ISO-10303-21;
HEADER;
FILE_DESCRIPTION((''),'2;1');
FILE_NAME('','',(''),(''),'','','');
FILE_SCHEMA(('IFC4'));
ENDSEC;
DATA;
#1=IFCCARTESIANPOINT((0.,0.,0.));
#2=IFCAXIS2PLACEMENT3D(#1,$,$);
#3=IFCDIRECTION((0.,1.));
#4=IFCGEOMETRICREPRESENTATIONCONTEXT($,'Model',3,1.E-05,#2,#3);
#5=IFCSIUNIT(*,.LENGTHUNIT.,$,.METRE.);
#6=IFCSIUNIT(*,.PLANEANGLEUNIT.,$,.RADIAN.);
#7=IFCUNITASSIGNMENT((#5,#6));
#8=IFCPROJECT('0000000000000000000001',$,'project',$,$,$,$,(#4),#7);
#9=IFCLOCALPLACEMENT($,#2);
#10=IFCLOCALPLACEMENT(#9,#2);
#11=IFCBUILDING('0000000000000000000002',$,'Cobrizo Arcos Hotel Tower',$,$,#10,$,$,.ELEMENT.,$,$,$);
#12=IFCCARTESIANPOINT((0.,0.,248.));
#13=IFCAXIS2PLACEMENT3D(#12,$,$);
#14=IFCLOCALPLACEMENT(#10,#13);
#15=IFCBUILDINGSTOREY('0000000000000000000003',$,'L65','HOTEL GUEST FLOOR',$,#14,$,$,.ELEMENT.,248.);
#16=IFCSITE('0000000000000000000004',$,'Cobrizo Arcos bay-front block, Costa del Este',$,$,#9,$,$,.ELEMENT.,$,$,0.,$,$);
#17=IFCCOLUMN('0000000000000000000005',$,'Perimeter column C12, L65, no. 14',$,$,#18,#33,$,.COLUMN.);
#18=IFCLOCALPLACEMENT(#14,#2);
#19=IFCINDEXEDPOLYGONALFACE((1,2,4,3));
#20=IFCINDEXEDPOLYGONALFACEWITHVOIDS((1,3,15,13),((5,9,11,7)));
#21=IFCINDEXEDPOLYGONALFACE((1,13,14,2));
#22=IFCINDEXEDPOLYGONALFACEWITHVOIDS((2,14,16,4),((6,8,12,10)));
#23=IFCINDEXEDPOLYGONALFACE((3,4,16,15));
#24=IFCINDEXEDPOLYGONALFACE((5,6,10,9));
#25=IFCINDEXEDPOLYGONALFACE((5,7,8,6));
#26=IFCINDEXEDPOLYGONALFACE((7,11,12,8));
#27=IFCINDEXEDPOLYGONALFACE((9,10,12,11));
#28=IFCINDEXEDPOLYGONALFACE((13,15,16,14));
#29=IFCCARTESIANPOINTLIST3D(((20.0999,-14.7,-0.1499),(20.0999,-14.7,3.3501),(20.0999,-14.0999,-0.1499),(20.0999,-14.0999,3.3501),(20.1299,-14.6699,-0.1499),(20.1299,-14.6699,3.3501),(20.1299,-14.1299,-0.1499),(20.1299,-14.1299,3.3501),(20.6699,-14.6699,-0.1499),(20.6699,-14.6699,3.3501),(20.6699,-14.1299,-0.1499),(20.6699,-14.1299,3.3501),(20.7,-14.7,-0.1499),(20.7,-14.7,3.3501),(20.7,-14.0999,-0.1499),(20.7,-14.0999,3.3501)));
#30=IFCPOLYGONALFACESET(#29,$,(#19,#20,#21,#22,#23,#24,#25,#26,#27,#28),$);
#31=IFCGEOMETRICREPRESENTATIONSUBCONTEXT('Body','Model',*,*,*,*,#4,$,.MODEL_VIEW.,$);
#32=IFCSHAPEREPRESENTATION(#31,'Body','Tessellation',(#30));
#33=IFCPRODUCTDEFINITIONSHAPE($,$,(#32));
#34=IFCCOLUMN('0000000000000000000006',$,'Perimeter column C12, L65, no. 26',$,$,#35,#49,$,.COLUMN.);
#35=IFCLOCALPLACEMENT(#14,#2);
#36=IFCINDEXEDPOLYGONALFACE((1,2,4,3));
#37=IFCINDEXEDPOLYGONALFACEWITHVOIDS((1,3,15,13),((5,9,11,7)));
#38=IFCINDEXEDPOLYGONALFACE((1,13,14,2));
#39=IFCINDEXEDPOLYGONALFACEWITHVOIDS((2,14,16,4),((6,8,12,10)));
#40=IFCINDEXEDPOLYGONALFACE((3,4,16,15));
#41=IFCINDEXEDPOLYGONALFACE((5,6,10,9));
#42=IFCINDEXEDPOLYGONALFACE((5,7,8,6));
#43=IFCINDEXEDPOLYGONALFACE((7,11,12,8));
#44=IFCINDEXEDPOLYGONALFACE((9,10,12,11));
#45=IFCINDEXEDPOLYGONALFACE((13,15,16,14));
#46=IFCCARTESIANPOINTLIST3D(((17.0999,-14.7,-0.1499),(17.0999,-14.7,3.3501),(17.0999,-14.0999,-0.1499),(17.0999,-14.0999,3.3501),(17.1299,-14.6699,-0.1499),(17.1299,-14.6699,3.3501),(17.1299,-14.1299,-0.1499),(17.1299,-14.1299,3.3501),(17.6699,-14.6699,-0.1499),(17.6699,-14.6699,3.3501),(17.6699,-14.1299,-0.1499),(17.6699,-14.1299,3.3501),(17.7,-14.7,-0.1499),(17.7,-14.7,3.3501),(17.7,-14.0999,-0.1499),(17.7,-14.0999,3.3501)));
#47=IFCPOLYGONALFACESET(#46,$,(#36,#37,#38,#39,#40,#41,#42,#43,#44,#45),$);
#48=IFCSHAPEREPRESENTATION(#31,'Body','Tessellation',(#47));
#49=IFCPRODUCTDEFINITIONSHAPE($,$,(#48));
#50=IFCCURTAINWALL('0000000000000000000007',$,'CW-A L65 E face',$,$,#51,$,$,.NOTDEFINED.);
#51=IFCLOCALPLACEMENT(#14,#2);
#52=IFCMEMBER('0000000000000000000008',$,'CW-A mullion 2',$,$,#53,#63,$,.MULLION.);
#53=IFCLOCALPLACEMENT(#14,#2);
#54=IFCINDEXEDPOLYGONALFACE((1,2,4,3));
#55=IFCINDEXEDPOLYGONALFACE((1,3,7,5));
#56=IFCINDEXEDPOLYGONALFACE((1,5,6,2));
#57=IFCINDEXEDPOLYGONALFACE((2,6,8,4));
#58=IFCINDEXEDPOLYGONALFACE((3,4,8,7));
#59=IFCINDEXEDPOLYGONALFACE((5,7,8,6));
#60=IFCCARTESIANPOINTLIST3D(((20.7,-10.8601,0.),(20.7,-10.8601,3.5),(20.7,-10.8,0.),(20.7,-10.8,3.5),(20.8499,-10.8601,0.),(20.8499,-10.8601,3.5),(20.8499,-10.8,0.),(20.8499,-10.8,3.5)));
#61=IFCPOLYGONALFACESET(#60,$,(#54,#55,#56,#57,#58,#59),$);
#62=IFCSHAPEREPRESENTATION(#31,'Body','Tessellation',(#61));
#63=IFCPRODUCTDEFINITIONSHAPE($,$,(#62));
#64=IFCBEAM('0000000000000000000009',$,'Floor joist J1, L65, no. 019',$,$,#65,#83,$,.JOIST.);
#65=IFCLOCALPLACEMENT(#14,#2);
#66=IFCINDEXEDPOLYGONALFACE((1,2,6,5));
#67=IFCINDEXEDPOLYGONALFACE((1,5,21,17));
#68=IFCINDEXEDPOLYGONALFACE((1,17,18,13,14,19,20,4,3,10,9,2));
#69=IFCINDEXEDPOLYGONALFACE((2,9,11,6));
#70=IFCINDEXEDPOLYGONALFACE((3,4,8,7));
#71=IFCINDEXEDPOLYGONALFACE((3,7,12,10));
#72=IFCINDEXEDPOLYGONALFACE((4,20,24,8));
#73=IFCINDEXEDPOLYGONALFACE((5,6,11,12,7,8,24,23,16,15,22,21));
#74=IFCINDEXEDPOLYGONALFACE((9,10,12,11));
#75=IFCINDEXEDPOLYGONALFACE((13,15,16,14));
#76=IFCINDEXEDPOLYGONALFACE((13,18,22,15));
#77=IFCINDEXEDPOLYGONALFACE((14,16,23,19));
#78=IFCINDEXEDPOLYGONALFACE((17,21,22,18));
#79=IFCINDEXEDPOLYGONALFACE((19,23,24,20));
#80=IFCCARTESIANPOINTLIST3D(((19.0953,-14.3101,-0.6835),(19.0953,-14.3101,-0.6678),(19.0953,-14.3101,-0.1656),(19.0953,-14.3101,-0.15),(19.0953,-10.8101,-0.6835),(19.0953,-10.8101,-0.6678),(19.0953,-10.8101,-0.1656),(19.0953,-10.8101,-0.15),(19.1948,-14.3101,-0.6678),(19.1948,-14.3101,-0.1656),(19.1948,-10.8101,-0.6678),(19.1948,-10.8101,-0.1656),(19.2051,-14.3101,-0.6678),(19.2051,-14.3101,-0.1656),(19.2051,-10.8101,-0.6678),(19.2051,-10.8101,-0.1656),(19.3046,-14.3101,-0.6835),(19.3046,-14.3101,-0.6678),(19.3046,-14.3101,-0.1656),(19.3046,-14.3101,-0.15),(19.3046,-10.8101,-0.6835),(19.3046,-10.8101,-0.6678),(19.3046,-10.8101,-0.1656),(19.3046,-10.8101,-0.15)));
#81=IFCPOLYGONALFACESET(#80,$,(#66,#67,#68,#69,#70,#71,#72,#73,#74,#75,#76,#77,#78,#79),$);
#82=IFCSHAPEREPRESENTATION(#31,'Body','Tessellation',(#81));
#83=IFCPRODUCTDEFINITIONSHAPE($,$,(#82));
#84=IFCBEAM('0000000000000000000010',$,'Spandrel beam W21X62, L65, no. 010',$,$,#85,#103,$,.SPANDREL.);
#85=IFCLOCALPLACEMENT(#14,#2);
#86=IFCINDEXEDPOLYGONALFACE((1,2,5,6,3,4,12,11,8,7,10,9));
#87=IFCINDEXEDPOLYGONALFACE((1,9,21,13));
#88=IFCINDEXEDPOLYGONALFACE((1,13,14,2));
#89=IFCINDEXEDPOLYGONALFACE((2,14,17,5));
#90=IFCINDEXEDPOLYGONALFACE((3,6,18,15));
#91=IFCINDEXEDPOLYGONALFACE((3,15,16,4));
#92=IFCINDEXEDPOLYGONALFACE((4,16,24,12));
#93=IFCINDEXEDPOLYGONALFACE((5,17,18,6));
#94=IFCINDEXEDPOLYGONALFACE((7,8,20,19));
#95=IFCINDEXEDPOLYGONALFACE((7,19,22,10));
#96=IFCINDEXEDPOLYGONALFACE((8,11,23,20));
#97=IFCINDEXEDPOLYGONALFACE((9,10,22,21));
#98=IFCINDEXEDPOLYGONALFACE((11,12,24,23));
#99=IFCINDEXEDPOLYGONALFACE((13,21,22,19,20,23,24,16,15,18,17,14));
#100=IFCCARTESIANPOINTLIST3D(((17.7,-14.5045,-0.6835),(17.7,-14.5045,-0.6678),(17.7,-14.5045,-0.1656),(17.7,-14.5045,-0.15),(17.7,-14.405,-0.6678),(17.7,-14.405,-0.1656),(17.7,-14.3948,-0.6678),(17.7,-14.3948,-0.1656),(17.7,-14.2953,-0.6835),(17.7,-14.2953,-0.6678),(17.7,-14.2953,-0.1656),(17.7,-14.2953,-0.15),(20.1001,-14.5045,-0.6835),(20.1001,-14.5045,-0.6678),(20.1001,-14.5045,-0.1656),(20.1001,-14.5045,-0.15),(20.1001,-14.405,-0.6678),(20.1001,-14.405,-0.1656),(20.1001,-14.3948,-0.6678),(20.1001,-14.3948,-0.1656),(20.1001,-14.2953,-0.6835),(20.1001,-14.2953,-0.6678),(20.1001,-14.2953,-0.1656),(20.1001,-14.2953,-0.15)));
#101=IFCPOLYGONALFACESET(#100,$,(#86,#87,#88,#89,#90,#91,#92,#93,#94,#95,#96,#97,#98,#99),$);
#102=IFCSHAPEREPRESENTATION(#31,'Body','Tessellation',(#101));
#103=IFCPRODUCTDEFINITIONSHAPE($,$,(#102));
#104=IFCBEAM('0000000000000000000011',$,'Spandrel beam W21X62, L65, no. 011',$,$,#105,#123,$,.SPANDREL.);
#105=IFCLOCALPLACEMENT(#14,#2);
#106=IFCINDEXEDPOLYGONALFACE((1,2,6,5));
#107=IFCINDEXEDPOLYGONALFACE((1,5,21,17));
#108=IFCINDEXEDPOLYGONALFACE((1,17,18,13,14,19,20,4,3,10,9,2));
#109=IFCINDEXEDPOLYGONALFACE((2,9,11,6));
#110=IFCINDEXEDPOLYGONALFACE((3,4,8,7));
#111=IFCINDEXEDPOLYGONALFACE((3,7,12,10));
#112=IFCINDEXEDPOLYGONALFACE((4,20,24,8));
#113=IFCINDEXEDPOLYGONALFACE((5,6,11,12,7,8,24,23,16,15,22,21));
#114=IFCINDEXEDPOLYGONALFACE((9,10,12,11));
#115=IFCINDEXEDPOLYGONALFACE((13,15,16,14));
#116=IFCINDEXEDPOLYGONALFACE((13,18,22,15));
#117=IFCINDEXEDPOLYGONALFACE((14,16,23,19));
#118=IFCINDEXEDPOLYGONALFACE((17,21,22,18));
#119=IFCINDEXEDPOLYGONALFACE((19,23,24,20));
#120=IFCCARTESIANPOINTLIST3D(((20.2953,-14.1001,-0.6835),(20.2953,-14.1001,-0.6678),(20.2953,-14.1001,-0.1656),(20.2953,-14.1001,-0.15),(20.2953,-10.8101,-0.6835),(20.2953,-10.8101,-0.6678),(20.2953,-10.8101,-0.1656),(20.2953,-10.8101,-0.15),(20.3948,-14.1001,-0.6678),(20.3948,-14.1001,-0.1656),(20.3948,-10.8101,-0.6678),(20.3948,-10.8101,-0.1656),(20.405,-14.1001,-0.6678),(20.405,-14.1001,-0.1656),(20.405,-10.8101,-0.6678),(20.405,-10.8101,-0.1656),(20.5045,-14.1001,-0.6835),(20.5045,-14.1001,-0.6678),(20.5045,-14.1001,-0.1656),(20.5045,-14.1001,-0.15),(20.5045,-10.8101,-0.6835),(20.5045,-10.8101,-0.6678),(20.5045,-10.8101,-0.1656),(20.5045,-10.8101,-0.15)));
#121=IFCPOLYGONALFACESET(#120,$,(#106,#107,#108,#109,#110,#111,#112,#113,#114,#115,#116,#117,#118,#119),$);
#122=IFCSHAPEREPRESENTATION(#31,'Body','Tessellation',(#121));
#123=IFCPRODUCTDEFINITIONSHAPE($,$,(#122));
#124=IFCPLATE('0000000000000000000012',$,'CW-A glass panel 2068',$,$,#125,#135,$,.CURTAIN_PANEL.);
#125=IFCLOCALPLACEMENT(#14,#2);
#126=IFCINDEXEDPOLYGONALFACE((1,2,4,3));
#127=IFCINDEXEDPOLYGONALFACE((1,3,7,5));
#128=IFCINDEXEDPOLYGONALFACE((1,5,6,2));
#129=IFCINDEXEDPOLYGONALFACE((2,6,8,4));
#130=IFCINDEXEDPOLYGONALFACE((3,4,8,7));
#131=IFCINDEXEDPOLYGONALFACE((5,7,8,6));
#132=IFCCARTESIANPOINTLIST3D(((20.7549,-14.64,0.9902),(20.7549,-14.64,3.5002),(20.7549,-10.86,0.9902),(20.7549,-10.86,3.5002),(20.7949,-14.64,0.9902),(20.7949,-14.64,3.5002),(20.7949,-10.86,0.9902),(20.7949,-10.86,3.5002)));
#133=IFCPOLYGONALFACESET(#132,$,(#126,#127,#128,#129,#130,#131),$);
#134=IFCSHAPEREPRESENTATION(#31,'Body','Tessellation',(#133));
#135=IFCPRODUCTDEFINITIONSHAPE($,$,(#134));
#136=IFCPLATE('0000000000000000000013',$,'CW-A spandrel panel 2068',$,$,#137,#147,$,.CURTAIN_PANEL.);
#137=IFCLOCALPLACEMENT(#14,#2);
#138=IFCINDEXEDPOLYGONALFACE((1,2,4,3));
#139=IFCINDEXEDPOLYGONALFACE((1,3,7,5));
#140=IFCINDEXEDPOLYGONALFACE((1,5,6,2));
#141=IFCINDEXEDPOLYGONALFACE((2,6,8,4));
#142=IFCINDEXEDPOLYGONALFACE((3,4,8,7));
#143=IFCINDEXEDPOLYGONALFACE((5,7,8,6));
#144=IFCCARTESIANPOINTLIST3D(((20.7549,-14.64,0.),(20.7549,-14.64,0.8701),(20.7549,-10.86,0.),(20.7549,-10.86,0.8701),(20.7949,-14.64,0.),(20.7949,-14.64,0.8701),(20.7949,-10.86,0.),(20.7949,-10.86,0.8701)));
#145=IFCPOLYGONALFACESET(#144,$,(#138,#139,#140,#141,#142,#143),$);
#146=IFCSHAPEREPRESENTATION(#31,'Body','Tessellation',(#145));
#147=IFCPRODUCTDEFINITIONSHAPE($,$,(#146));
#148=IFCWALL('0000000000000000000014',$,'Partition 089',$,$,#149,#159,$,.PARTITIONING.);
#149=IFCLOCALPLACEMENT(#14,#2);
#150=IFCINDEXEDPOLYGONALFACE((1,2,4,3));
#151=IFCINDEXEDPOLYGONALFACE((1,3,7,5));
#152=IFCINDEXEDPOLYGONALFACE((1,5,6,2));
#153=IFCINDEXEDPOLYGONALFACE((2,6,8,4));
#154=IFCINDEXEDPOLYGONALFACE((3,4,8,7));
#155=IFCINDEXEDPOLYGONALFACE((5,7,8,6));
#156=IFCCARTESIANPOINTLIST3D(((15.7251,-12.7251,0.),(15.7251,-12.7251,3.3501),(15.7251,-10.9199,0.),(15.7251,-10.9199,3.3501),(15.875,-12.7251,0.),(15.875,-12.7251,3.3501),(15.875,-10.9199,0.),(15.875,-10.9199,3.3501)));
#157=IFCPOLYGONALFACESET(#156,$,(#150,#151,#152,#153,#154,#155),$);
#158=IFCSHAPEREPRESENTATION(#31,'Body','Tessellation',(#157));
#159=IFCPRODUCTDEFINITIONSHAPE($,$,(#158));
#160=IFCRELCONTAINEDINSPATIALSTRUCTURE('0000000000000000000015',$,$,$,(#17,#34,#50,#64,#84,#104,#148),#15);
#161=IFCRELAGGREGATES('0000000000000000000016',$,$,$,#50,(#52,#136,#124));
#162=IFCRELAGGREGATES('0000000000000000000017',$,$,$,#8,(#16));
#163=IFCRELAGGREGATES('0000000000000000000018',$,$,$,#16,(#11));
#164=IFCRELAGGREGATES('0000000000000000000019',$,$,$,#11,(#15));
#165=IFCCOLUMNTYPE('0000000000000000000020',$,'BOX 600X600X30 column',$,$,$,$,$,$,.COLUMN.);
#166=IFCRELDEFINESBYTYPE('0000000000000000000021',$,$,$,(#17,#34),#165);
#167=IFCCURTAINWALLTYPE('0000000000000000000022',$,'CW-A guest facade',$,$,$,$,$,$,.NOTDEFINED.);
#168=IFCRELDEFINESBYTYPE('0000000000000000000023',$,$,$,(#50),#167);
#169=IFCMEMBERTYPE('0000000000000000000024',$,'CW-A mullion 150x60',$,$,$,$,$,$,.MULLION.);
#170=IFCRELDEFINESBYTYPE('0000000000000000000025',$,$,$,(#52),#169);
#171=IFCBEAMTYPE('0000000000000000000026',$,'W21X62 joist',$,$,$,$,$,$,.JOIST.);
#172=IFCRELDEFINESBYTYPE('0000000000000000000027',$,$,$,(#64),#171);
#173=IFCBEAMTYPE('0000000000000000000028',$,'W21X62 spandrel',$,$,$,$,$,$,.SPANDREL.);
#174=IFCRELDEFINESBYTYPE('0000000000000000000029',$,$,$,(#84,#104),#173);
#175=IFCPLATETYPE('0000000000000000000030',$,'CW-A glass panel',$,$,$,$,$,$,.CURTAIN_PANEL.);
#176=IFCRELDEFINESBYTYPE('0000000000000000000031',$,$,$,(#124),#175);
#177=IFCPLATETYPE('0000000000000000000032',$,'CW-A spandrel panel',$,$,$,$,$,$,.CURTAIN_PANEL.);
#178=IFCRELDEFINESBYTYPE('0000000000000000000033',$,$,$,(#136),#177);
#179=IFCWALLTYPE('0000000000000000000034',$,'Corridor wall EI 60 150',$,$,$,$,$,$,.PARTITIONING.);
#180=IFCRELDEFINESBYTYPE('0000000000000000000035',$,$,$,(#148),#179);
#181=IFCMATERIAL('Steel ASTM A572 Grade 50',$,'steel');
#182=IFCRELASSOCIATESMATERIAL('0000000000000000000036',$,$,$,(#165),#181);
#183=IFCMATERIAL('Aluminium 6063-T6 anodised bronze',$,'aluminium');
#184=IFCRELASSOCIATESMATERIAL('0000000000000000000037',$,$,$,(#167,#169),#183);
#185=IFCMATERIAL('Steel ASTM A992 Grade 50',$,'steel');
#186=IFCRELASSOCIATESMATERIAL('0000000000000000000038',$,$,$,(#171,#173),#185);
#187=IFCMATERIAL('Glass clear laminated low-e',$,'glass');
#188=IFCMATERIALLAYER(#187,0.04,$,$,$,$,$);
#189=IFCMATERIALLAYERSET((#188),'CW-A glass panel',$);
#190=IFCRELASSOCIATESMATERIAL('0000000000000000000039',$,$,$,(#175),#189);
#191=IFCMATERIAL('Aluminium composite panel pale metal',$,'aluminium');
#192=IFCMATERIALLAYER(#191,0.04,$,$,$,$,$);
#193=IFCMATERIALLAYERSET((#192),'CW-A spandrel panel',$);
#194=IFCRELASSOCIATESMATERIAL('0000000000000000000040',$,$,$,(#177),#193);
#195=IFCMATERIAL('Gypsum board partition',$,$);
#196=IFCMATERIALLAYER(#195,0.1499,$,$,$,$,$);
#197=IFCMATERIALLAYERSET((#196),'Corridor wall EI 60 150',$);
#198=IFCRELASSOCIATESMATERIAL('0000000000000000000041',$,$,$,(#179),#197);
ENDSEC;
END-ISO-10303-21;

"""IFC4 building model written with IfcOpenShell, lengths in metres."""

from ifc_helpers import new_model, si_unit, direction, frame, frame_2d, origin, origin_2d, place, context, subcontext, project, spatial, rectangle, hollow_rectangle, i_section, extrude, material, layer, layer_set, material_profile, profile_set, type_object, element, aggregate, save


model = new_model("IFC4")

# Units and contexts
model_context = context("Model", 3, precision=1e-05, world=origin(), true_north=direction((0.0, 1.0)))
body_context = subcontext(model_context, "Body", "Model", "MODEL_VIEW")
ifc_project = project(units=[si_unit("LENGTHUNIT", "METRE"), si_unit("PLANEANGLEUNIT", "RADIAN")], contexts=[model_context])

# Site, building, storey
site_placement = place(None, origin())
site = spatial("IfcSite", under=ifc_project, at=site_placement, Name="Cobrizo Arcos bay-front block, Costa del Este", CompositionType="ELEMENT", RefElevation=0.0)
building_placement = place(site_placement, origin())
building = spatial("IfcBuilding", under=site, at=building_placement, Name="Cobrizo Arcos Hotel Tower", CompositionType="ELEMENT")
storey_placement = place(building_placement, frame((0.0, 0.0, 248.0)))
storey = spatial("IfcBuildingStorey", under=building, at=storey_placement, Name="L65", Description="HOTEL GUEST FLOOR", CompositionType="ELEMENT", Elevation=248.0)

# Columns
ifc_material_1 = material(Name="Steel ASTM A572 Grade 50", Category="steel")
ifc_material_profile_1 = material_profile(ifc_material_1, hollow_rectangle(XDim=0.6001, YDim=0.6001, WallThickness=0.03, at=origin_2d()), Name="BOX 600X600X30")
ifc_profile_set_1 = profile_set([ifc_material_profile_1], Name="Steel ASTM A572 Grade 50")
column_type = type_object("IfcColumnType", Name="BOX 600X600X30 column", PredefinedType="COLUMN", material=ifc_profile_set_1)
for number, where, z_axis, x_axis, name in (
    (1, (20.3999, -14.3999, -0.1499), (0.0, 0.0, 1.0), (1.0, 0.0, 0.0), "Perimeter column C12, L65, no. 14"),
    (2, (17.3999, -14.3999, -0.1499), (0.0, 0.0, 1.0), (1.0, 0.0, 0.0), "Perimeter column C12, L65, no. 26"),
):
    element("IfcColumn", number, at=place(storey_placement, frame(where, z_axis=z_axis, x_axis=x_axis)), inside=storey, type_object=column_type, Name=name, PredefinedType="COLUMN", context=body_context, shape_type="SweptSolid", body=[
        extrude(hollow_rectangle(XDim=0.6001, YDim=0.6001, WallThickness=0.03, at=origin_2d()), origin(), (0.0, 0.0, 1.0), 3.5),
    ])

# Curtain wall, member
ifc_material_2 = material(Name="Aluminium 6063-T6 anodised bronze", Category="aluminium")
curtain_wall_type = type_object("IfcCurtainWallType", Name="CW-A guest facade", PredefinedType="NOTDEFINED", material=ifc_material_2)
curtain_wall_placement = place(storey_placement, origin())
curtain_wall = element("IfcCurtainWall", 3, at=curtain_wall_placement, inside=storey, type_object=curtain_wall_type, Name="CW-A L65 E face", PredefinedType="NOTDEFINED")
ifc_material_profile_2 = material_profile(ifc_material_2, rectangle(XDim=0.1499, YDim=0.0601, at=origin_2d()), Name="CW-A mullion 150x60")
ifc_profile_set_2 = profile_set([ifc_material_profile_2], Name="Aluminium 6063-T6 anodised bronze")
member_type = type_object("IfcMemberType", Name="CW-A mullion 150x60", PredefinedType="MULLION", material=ifc_profile_set_2)
member_placement = place(storey_placement, frame((20.7749, -10.8301, 0.0), z_axis=(0.0, 0.0, 1.0), x_axis=(1.0, 0.0, 0.0)))
member = element("IfcMember", 4, at=member_placement, type_object=member_type, Name="CW-A mullion 2", PredefinedType="MULLION", context=body_context, shape_type="SweptSolid", body=[
    extrude(rectangle(XDim=0.1499, YDim=0.0601, at=origin_2d()), origin(), (0.0, 0.0, 1.0), 3.5),
])

# Beams
ifc_material_3 = material(Name="Steel ASTM A992 Grade 50", Category="steel")
ifc_material_profile_3 = material_profile(ifc_material_3, i_section(OverallWidth=0.2092, OverallDepth=0.5334, WebThickness=0.0103, FlangeThickness=0.0156, at=origin_2d()), Name="W21X62")
ifc_profile_set_3 = profile_set([ifc_material_profile_3], Name="Steel ASTM A992 Grade 50")
beam_type_1 = type_object("IfcBeamType", Name="W21X62 joist", PredefinedType="JOIST", material=ifc_profile_set_3)
beam_1_placement = place(storey_placement, frame((19.2, -14.3101, -0.4167), z_axis=(0.0, 1.0, 0.0), x_axis=(-1.0, 0.0, 0.0)))
element("IfcBeam", 5, at=beam_1_placement, inside=storey, type_object=beam_type_1, Name="Floor joist J1, L65, no. 019", PredefinedType="JOIST", context=body_context, shape_type="SweptSolid", body=[
    extrude(i_section(OverallWidth=0.2092, OverallDepth=0.5334, WebThickness=0.0103, FlangeThickness=0.0156, at=origin_2d()), origin(), (0.0, 0.0, 1.0), 3.5),
])
ifc_material_profile_4 = material_profile(ifc_material_3, i_section(OverallWidth=0.2092, OverallDepth=0.5334, WebThickness=0.0103, FlangeThickness=0.0156, at=origin_2d()), Name="W21X62")
ifc_profile_set_4 = profile_set([ifc_material_profile_4], Name="Steel ASTM A992 Grade 50")
beam_type_2 = type_object("IfcBeamType", Name="W21X62 spandrel", PredefinedType="SPANDREL", material=ifc_profile_set_4)
beam_2_placement = place(storey_placement, frame((17.7, -14.3999, -0.4167), z_axis=(1.0, 0.0, 0.0), x_axis=(0.0, 1.0, 0.0)))
element("IfcBeam", 6, at=beam_2_placement, inside=storey, type_object=beam_type_2, Name="Spandrel beam W21X62, L65, no. 010", PredefinedType="SPANDREL", context=body_context, shape_type="SweptSolid", body=[
    extrude(i_section(OverallWidth=0.2092, OverallDepth=0.5334, WebThickness=0.0103, FlangeThickness=0.0156, at=origin_2d()), origin(), (0.0, 0.0, 1.0), 2.4001),
])
beam_3_placement = place(storey_placement, frame((20.3999, -14.1001, -0.4167), z_axis=(0.0, 1.0, 0.0), x_axis=(-1.0, 0.0, 0.0)))
element("IfcBeam", 7, at=beam_3_placement, inside=storey, type_object=beam_type_2, Name="Spandrel beam W21X62, L65, no. 011", PredefinedType="SPANDREL", context=body_context, shape_type="SweptSolid", body=[
    extrude(i_section(OverallWidth=0.2092, OverallDepth=0.5334, WebThickness=0.0103, FlangeThickness=0.0156, at=origin_2d()), origin(), (0.0, 0.0, 1.0), 3.29),
])

# Plates
ifc_material_4 = material(Name="Glass clear laminated low-e", Category="glass")
ifc_layer_1 = layer(ifc_material_4, 0.04)
ifc_layer_set_1 = layer_set([ifc_layer_1], Name="CW-A glass panel")
plate_type_1 = type_object("IfcPlateType", Name="CW-A glass panel", PredefinedType="CURTAIN_PANEL", material=ifc_layer_set_1)
plate_1_placement = place(storey_placement, frame((20.7749, -12.75, 0.9902), z_axis=(0.0, 0.0, 1.0), x_axis=(0.0, 1.0, 0.0)))
plate_1 = element("IfcPlate", 8, at=plate_1_placement, type_object=plate_type_1, Name="CW-A glass panel 2068", PredefinedType="CURTAIN_PANEL", context=body_context, shape_type="SweptSolid", body=[
    extrude(rectangle(XDim=3.78, YDim=0.04, at=origin_2d()), origin(), (0.0, 0.0, 1.0), 2.51),
])
ifc_material_5 = material(Name="Aluminium composite panel pale metal", Category="aluminium")
ifc_layer_2 = layer(ifc_material_5, 0.04)
ifc_layer_set_2 = layer_set([ifc_layer_2], Name="CW-A spandrel panel")
plate_type_2 = type_object("IfcPlateType", Name="CW-A spandrel panel", PredefinedType="CURTAIN_PANEL", material=ifc_layer_set_2)
plate_2_placement = place(storey_placement, frame((20.7749, -12.75, 0.0), z_axis=(0.0, 0.0, 1.0), x_axis=(0.0, 1.0, 0.0)))
plate_2 = element("IfcPlate", 9, at=plate_2_placement, type_object=plate_type_2, Name="CW-A spandrel panel 2068", PredefinedType="CURTAIN_PANEL", context=body_context, shape_type="SweptSolid", body=[
    extrude(rectangle(XDim=3.78, YDim=0.04, at=origin_2d()), origin(), (0.0, 0.0, 1.0), 0.8701),
])
aggregate(curtain_wall, [member, plate_2, plate_1])

# Wall
ifc_material_6 = material(Name="Gypsum board partition")
ifc_layer_3 = layer(ifc_material_6, 0.1499)
ifc_layer_set_3 = layer_set([ifc_layer_3], Name="Corridor wall EI 60 150")
wall_type_1 = type_object("IfcWallType", Name="Corridor wall EI 60 150", PredefinedType="PARTITIONING", material=ifc_layer_set_3)
wall_1_placement = place(storey_placement, frame((15.8, -12.7251, 0.0), z_axis=(0.0, 0.0, 1.0), x_axis=(0.0, 1.0, 0.0)))
element("IfcWall", 10, at=wall_1_placement, inside=storey, type_object=wall_type_1, Name="Partition 089", PredefinedType="PARTITIONING", context=body_context, shape_type="SweptSolid", body=[
    extrude(rectangle(XDim=1.8052, YDim=0.1499, at=frame_2d((0.9026, 0.0))), origin(), (0.0, 0.0, 1.0), 3.3501),
])

save(model, "model.ifc")
